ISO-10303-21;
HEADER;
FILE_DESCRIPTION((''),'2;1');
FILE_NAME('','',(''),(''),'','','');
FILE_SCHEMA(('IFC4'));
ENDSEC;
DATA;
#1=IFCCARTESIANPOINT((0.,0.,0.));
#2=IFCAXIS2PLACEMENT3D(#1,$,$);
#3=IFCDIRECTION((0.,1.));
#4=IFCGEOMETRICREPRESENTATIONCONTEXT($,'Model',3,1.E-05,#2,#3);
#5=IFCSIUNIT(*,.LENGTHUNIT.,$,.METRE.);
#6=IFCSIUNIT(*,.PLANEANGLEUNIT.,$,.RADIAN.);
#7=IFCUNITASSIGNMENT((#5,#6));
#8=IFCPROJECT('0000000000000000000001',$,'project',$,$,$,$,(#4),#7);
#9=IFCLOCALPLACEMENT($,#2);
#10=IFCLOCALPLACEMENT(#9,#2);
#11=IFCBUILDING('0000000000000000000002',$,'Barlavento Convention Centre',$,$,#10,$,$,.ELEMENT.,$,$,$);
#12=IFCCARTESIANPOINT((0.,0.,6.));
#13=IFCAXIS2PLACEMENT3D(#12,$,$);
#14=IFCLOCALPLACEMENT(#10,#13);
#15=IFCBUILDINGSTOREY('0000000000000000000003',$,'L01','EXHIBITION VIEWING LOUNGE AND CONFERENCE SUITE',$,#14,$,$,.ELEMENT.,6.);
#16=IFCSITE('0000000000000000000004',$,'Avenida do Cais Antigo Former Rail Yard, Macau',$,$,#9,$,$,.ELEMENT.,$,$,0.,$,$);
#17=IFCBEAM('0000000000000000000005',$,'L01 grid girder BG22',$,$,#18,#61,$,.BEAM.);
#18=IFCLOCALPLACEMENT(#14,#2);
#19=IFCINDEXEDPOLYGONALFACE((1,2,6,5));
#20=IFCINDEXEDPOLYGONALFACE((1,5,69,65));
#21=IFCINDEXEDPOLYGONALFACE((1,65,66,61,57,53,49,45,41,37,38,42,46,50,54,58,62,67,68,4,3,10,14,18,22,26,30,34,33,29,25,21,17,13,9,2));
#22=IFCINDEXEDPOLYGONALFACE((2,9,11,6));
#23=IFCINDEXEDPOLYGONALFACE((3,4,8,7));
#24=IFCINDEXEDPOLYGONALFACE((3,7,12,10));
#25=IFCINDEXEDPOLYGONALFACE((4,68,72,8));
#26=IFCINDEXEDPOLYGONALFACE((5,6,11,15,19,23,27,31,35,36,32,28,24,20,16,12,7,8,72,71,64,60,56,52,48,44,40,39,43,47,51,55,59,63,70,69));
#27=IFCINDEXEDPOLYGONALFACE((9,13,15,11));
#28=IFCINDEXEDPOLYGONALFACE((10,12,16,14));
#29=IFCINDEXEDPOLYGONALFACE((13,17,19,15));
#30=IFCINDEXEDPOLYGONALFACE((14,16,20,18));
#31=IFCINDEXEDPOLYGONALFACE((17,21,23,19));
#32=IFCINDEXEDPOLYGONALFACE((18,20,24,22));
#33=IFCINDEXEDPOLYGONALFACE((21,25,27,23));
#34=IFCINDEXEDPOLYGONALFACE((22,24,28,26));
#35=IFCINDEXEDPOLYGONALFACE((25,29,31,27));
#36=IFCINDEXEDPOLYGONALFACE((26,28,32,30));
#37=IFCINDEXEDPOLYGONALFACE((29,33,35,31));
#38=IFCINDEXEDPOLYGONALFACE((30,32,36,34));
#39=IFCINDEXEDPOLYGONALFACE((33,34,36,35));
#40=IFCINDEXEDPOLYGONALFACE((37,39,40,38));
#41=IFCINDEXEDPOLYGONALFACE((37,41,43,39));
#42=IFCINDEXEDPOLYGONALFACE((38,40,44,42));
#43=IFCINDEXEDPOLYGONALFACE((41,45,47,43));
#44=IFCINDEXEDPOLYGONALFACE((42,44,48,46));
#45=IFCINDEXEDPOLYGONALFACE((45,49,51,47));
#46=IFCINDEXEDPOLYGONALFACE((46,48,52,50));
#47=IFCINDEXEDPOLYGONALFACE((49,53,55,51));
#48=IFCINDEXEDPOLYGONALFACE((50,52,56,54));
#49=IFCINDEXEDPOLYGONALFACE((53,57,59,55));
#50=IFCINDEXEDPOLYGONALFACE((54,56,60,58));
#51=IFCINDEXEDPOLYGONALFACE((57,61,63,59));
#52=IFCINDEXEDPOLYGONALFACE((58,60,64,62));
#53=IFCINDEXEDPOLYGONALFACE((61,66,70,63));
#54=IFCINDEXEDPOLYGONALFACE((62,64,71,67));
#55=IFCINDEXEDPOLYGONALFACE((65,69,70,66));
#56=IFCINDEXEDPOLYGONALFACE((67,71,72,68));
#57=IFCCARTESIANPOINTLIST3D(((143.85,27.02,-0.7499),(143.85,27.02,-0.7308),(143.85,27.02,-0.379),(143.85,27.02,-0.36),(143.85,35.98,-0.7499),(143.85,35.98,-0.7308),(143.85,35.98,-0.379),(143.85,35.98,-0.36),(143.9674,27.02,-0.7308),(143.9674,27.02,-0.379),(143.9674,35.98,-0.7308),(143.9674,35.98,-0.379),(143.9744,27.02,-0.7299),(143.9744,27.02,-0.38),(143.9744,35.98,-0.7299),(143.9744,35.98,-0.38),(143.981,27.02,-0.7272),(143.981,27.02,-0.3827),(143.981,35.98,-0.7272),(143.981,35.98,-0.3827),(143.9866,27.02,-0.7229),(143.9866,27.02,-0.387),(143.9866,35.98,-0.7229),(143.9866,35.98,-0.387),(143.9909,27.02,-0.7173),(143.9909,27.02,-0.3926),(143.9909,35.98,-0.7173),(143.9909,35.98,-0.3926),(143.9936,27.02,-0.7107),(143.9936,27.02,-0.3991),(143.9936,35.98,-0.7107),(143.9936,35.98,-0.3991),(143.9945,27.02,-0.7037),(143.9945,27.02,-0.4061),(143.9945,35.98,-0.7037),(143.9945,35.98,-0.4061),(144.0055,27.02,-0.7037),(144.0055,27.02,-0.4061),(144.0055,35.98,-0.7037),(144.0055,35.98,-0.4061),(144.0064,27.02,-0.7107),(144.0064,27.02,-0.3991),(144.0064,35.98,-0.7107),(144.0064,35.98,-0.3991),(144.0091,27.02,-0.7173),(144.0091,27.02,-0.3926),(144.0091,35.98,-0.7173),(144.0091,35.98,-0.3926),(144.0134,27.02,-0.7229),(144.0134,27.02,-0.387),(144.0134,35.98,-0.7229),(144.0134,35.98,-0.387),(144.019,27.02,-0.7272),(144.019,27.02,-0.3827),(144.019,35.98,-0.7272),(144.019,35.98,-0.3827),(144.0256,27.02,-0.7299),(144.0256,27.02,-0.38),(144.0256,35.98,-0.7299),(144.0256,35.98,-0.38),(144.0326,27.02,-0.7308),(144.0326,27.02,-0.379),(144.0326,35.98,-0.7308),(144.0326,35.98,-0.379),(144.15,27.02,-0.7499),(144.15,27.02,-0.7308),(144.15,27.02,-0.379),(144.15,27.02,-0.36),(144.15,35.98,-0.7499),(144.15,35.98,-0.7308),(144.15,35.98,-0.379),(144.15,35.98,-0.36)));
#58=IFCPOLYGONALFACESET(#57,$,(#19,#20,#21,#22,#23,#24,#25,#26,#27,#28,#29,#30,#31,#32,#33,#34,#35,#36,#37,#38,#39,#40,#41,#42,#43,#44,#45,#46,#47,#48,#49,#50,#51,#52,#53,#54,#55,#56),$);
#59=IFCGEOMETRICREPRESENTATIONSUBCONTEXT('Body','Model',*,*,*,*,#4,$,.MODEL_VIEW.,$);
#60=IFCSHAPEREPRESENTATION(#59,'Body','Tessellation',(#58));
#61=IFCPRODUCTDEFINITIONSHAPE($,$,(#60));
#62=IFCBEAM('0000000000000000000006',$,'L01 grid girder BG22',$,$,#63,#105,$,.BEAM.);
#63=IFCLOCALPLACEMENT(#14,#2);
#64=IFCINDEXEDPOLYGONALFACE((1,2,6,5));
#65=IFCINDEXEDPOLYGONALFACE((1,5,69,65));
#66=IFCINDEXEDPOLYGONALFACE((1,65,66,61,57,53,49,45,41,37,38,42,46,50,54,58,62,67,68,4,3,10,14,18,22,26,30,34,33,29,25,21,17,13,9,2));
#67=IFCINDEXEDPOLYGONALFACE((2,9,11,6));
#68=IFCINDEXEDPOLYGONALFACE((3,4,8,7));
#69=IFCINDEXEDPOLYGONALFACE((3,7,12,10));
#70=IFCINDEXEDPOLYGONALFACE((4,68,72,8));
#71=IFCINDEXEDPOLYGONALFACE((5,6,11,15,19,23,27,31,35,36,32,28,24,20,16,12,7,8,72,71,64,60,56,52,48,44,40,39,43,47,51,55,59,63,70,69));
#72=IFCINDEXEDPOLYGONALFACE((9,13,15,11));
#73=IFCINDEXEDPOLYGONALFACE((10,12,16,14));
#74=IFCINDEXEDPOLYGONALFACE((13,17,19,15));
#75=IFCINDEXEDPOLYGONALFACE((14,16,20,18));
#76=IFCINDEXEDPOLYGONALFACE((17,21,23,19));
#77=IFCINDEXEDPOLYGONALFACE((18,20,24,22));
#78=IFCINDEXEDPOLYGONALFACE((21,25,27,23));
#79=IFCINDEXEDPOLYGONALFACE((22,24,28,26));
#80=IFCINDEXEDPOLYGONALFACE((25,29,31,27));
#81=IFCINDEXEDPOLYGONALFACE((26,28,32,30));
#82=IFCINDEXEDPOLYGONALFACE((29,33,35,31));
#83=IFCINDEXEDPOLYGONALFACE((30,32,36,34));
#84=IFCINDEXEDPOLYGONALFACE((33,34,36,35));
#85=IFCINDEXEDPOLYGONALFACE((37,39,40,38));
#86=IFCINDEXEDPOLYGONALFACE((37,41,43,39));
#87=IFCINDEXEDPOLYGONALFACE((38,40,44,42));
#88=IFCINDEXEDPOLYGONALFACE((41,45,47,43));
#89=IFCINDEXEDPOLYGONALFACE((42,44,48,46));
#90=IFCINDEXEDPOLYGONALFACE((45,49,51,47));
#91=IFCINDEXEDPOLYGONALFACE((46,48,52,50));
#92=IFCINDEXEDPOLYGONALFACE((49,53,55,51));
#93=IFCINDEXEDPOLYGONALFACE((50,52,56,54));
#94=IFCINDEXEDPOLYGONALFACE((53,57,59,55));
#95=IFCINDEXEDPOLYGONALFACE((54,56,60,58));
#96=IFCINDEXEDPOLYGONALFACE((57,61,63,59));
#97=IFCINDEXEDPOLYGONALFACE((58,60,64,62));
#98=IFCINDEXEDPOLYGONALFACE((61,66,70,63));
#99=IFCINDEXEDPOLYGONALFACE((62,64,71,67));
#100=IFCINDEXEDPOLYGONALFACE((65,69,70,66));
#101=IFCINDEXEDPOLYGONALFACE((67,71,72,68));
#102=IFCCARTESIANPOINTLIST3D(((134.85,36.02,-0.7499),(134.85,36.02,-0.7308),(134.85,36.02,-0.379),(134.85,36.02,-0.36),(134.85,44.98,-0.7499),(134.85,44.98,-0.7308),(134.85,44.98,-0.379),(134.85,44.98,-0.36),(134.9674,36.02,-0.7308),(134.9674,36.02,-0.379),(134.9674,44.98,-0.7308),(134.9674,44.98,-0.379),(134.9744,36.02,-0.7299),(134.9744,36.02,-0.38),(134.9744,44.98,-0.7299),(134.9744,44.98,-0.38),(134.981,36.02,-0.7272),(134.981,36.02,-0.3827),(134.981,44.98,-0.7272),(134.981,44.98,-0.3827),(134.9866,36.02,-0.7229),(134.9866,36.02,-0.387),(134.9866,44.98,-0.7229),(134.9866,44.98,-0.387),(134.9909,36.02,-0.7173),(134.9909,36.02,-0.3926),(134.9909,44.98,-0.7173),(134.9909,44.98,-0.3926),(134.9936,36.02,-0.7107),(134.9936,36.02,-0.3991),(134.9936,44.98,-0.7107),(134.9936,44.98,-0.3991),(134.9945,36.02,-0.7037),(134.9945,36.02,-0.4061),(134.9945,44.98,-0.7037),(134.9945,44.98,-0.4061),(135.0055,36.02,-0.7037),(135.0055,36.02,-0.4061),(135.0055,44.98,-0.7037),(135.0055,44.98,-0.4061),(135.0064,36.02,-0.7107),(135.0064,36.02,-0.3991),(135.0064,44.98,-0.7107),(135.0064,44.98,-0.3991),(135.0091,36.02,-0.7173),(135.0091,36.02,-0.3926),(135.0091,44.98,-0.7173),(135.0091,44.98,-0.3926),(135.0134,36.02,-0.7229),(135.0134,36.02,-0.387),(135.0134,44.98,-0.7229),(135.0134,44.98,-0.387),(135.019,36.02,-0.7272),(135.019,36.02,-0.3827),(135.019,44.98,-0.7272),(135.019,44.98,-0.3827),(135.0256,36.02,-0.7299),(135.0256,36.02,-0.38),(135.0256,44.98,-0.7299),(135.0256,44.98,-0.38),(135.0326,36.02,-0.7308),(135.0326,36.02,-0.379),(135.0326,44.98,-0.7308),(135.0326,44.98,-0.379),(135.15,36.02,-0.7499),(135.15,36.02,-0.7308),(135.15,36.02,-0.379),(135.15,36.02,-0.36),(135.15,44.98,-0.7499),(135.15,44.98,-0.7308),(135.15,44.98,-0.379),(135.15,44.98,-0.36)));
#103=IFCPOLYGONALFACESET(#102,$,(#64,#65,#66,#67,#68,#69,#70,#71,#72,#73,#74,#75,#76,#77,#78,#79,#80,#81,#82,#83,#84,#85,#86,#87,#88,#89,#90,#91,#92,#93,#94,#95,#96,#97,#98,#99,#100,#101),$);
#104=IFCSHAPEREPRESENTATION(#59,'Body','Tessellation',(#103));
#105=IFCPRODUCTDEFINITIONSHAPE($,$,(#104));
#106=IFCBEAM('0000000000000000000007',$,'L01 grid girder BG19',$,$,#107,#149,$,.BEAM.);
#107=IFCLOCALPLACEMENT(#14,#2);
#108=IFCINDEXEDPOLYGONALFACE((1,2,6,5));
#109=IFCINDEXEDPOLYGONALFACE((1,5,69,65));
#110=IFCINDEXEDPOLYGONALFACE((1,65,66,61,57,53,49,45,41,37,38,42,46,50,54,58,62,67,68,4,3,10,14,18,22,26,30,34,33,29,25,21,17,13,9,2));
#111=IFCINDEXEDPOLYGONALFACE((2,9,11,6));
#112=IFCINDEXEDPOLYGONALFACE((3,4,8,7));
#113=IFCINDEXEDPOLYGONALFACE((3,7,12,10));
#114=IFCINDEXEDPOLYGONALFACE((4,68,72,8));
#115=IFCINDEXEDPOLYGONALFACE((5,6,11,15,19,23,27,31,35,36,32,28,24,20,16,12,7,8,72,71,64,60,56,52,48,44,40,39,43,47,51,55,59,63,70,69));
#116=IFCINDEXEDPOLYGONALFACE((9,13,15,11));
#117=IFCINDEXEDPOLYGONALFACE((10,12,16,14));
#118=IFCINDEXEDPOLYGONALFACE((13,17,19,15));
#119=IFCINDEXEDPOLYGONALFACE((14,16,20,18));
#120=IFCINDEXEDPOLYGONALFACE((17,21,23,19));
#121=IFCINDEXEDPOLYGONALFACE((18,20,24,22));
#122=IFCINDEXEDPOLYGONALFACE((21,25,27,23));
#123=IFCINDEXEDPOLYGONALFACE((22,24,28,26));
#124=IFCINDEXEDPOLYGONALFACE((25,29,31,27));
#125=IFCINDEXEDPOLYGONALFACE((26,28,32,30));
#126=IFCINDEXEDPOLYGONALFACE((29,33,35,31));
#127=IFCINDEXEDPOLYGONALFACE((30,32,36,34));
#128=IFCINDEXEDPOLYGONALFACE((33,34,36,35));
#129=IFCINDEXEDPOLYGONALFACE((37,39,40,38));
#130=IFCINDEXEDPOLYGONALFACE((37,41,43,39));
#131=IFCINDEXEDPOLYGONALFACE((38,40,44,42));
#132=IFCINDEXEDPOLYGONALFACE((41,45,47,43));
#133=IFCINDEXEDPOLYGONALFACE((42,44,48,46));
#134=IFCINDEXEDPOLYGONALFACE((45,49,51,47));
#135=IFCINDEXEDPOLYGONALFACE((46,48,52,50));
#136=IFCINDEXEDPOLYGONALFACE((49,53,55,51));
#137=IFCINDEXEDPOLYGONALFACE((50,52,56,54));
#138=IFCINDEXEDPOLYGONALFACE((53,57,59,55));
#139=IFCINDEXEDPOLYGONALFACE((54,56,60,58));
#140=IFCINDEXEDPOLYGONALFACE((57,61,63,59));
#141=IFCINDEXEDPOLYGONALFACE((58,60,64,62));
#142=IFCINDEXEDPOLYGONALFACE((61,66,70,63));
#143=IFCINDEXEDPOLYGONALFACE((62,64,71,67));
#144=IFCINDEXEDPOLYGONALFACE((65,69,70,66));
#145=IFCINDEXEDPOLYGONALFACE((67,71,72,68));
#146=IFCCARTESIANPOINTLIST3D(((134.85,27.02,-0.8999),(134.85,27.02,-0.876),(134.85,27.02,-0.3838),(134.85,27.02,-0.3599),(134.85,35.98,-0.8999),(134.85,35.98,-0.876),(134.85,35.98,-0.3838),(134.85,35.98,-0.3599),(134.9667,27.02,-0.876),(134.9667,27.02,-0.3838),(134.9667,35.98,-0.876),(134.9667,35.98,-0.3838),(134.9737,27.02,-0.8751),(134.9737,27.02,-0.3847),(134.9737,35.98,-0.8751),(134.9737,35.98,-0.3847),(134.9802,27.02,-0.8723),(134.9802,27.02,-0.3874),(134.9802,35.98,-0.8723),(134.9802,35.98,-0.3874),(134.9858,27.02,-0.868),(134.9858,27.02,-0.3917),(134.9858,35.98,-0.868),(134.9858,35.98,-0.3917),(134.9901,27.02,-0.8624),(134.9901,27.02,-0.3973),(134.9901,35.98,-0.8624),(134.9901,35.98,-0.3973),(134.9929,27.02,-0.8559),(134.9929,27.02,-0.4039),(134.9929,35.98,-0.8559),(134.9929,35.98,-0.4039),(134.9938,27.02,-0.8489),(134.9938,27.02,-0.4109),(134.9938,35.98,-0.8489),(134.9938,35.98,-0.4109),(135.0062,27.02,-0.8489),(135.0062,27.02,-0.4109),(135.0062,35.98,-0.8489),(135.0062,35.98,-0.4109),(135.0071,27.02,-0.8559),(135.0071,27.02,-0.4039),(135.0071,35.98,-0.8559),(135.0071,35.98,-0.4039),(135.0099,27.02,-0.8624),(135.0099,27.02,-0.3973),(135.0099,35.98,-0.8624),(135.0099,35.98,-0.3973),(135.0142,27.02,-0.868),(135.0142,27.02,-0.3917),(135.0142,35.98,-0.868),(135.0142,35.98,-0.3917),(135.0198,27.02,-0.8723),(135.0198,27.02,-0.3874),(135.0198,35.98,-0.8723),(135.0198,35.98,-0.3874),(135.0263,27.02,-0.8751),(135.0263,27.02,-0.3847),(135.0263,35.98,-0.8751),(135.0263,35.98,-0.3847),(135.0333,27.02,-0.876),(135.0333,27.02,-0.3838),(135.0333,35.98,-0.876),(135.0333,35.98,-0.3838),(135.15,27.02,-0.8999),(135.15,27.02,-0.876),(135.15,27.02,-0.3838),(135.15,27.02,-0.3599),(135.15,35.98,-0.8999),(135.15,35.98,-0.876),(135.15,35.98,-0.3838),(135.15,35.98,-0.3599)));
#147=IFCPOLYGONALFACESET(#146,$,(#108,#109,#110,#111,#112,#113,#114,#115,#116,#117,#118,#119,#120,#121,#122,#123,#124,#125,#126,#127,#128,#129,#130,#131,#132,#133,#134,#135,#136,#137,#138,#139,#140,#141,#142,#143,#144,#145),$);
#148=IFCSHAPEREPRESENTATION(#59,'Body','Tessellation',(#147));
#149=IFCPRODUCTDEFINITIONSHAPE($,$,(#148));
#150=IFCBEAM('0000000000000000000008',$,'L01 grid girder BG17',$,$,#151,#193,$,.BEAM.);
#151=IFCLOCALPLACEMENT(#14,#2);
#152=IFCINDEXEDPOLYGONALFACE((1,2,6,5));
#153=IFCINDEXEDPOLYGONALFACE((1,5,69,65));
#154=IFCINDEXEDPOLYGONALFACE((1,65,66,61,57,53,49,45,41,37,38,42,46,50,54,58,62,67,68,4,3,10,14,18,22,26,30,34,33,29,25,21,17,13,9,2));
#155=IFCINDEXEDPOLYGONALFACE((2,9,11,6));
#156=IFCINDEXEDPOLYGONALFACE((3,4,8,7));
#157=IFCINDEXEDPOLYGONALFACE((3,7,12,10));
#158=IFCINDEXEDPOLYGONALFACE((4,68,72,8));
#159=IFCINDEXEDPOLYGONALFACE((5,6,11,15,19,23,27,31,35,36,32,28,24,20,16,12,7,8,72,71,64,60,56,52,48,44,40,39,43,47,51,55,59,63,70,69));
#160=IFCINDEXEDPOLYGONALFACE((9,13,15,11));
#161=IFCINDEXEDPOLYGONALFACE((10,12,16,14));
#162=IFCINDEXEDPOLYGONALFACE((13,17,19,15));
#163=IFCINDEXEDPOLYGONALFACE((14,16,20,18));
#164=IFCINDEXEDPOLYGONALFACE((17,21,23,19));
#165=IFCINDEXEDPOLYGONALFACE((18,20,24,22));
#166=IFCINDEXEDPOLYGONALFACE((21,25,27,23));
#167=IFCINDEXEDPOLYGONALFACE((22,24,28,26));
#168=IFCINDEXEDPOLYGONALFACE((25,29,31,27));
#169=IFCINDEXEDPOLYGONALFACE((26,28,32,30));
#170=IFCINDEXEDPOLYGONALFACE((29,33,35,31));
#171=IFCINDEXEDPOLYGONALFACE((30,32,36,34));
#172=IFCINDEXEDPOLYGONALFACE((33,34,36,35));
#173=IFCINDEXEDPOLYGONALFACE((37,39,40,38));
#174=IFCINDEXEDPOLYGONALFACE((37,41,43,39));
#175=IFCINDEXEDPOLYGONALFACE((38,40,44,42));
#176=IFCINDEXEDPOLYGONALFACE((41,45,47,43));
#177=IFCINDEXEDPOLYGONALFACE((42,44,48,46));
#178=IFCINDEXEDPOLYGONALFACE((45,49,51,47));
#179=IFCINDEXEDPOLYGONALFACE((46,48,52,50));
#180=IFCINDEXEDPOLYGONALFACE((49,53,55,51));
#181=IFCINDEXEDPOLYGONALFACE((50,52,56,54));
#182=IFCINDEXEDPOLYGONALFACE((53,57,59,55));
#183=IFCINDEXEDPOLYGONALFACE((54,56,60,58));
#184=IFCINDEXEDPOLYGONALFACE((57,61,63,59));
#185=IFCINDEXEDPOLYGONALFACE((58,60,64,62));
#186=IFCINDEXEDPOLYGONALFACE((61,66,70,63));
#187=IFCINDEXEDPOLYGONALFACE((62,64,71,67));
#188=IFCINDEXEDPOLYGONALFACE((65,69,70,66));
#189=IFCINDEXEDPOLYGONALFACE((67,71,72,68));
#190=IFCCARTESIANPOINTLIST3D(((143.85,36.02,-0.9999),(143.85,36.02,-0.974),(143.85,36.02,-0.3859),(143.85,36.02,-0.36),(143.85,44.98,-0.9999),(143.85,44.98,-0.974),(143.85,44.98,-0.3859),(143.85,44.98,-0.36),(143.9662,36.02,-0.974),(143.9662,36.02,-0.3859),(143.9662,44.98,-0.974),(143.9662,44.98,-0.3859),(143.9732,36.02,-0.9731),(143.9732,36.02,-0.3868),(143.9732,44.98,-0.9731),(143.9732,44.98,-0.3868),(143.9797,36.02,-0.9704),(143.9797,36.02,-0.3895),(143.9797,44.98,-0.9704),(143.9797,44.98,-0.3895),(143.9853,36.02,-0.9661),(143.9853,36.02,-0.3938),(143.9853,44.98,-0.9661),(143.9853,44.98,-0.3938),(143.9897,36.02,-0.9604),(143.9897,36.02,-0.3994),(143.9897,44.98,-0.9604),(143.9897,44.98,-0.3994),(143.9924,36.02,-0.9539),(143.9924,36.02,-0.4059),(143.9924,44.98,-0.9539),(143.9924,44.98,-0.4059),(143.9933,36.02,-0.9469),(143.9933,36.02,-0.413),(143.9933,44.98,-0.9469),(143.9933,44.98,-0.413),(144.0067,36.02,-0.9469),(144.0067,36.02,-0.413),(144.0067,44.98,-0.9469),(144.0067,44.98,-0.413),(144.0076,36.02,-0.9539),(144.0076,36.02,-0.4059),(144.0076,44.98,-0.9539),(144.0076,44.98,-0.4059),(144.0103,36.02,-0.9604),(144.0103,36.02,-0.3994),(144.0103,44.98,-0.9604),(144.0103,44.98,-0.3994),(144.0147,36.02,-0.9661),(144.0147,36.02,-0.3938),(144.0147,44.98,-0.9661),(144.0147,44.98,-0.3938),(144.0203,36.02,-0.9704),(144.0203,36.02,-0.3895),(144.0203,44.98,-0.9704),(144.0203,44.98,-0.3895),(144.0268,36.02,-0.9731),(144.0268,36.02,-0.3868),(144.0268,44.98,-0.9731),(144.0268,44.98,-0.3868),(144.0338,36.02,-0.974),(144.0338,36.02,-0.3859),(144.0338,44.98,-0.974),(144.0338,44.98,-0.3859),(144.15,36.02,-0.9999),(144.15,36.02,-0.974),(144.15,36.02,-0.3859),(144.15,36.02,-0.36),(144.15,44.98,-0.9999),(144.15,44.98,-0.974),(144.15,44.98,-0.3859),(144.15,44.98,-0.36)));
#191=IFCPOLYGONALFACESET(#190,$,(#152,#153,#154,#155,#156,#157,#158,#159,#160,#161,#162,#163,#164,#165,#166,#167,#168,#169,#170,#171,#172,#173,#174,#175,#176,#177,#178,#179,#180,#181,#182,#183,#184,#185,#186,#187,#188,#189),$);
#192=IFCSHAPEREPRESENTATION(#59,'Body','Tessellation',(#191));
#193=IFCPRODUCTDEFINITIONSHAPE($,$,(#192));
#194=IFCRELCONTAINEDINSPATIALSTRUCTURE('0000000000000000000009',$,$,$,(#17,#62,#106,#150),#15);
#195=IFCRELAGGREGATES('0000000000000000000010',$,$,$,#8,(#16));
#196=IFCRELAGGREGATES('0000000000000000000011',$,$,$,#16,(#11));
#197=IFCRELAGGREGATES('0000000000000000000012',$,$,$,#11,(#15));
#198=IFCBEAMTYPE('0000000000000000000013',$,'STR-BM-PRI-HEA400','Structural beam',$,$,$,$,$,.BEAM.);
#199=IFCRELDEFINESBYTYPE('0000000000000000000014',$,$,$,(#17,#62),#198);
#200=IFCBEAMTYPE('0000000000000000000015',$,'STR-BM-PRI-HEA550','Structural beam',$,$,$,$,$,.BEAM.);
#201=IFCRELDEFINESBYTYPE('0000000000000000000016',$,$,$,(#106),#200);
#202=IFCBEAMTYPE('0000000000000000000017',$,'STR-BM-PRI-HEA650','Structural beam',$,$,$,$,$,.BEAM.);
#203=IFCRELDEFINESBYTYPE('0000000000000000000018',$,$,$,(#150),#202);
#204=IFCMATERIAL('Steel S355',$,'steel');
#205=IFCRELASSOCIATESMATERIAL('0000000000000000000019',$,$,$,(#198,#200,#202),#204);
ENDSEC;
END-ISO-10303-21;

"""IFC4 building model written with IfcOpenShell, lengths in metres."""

from ifc_helpers import new_model, si_unit, direction, frame, origin, origin_2d, place, context, subcontext, project, spatial, i_section, extrude, material, material_profile, profile_set, type_object, element, save


model = new_model("IFC4")

# Units and contexts
model_context = context("Model", 3, precision=1e-05, world=origin(), true_north=direction((0.0, 1.0)))
body_context = subcontext(model_context, "Body", "Model", "MODEL_VIEW")
ifc_project = project(units=[si_unit("LENGTHUNIT", "METRE"), si_unit("PLANEANGLEUNIT", "RADIAN")], contexts=[model_context])

# Site, building, storey
site_placement = place(None, origin())
site = spatial("IfcSite", under=ifc_project, at=site_placement, Name="Avenida do Cais Antigo Former Rail Yard, Macau", CompositionType="ELEMENT", RefElevation=0.0)
building_placement = place(site_placement, origin())
building = spatial("IfcBuilding", under=site, at=building_placement, Name="Barlavento Convention Centre", CompositionType="ELEMENT")
storey_placement = place(building_placement, frame((0.0, 0.0, 6.0)))
storey = spatial("IfcBuildingStorey", under=building, at=storey_placement, Name="L01", Description="EXHIBITION VIEWING LOUNGE AND CONFERENCE SUITE", CompositionType="ELEMENT", Elevation=6.0)

# Shared definitions
ifc_material_1 = material(Name="Steel S355", Category="steel")

# Beams
ifc_material_profile_1 = material_profile(ifc_material_1, i_section(OverallWidth=0.3, OverallDepth=0.3899, WebThickness=0.011, FlangeThickness=0.019, FilletRadius=0.0271, at=origin_2d()), Name="HEA 400")
ifc_profile_set_1 = profile_set([ifc_material_profile_1], Name="Steel S355")
beam_type_1 = type_object("IfcBeamType", Name="STR-BM-PRI-HEA400", Description="Structural beam", PredefinedType="BEAM", material=ifc_profile_set_1)
for number, where, z_axis, x_axis, name in (
    (1, (144.0, 27.02, -0.5549), (0.0, 1.0, 0.0), (-1.0, 0.0, 0.0), "L01 grid girder BG22"),
    (2, (135.0, 36.02, -0.5549), (0.0, 1.0, 0.0), (-1.0, 0.0, 0.0), "L01 grid girder BG22"),
):
    element("IfcBeam", number, at=place(storey_placement, frame(where, z_axis=z_axis, x_axis=x_axis)), inside=storey, type_object=beam_type_1, Name=name, PredefinedType="BEAM", context=body_context, shape_type="SweptSolid", body=[
        extrude(i_section(OverallWidth=0.3, OverallDepth=0.3899, WebThickness=0.011, FlangeThickness=0.019, FilletRadius=0.0271, at=origin_2d()), origin(), (0.0, 0.0, 1.0), 8.96),
    ])
ifc_material_profile_2 = material_profile(ifc_material_1, i_section(OverallWidth=0.3, OverallDepth=0.54, WebThickness=0.0125, FlangeThickness=0.0239, FilletRadius=0.0271, at=origin_2d()), Name="HEA 550")
ifc_profile_set_2 = profile_set([ifc_material_profile_2], Name="Steel S355")
beam_type_2 = type_object("IfcBeamType", Name="STR-BM-PRI-HEA550", Description="Structural beam", PredefinedType="BEAM", material=ifc_profile_set_2)
beam_1_placement = place(storey_placement, frame((135.0, 27.02, -0.6299), z_axis=(0.0, 1.0, 0.0), x_axis=(-1.0, 0.0, 0.0)))
element("IfcBeam", 3, at=beam_1_placement, inside=storey, type_object=beam_type_2, Name="L01 grid girder BG19", PredefinedType="BEAM", context=body_context, shape_type="SweptSolid", body=[
    extrude(i_section(OverallWidth=0.3, OverallDepth=0.54, WebThickness=0.0125, FlangeThickness=0.0239, FilletRadius=0.0271, at=origin_2d()), origin(), (0.0, 0.0, 1.0), 8.96),
])
ifc_material_profile_3 = material_profile(ifc_material_1, i_section(OverallWidth=0.3, OverallDepth=0.6399, WebThickness=0.0134, FlangeThickness=0.0259, FilletRadius=0.0271, at=origin_2d()), Name="HEA 650")
ifc_profile_set_3 = profile_set([ifc_material_profile_3], Name="Steel S355")
beam_type_3 = type_object("IfcBeamType", Name="STR-BM-PRI-HEA650", Description="Structural beam", PredefinedType="BEAM", material=ifc_profile_set_3)
beam_2_placement = place(storey_placement, frame((144.0, 36.02, -0.6799), z_axis=(0.0, 1.0, 0.0), x_axis=(-1.0, 0.0, 0.0)))
element("IfcBeam", 4, at=beam_2_placement, inside=storey, type_object=beam_type_3, Name="L01 grid girder BG17", PredefinedType="BEAM", context=body_context, shape_type="SweptSolid", body=[
    extrude(i_section(OverallWidth=0.3, OverallDepth=0.6399, WebThickness=0.0134, FlangeThickness=0.0259, FilletRadius=0.0271, at=origin_2d()), origin(), (0.0, 0.0, 1.0), 8.96),
])

save(model, "model.ifc")
